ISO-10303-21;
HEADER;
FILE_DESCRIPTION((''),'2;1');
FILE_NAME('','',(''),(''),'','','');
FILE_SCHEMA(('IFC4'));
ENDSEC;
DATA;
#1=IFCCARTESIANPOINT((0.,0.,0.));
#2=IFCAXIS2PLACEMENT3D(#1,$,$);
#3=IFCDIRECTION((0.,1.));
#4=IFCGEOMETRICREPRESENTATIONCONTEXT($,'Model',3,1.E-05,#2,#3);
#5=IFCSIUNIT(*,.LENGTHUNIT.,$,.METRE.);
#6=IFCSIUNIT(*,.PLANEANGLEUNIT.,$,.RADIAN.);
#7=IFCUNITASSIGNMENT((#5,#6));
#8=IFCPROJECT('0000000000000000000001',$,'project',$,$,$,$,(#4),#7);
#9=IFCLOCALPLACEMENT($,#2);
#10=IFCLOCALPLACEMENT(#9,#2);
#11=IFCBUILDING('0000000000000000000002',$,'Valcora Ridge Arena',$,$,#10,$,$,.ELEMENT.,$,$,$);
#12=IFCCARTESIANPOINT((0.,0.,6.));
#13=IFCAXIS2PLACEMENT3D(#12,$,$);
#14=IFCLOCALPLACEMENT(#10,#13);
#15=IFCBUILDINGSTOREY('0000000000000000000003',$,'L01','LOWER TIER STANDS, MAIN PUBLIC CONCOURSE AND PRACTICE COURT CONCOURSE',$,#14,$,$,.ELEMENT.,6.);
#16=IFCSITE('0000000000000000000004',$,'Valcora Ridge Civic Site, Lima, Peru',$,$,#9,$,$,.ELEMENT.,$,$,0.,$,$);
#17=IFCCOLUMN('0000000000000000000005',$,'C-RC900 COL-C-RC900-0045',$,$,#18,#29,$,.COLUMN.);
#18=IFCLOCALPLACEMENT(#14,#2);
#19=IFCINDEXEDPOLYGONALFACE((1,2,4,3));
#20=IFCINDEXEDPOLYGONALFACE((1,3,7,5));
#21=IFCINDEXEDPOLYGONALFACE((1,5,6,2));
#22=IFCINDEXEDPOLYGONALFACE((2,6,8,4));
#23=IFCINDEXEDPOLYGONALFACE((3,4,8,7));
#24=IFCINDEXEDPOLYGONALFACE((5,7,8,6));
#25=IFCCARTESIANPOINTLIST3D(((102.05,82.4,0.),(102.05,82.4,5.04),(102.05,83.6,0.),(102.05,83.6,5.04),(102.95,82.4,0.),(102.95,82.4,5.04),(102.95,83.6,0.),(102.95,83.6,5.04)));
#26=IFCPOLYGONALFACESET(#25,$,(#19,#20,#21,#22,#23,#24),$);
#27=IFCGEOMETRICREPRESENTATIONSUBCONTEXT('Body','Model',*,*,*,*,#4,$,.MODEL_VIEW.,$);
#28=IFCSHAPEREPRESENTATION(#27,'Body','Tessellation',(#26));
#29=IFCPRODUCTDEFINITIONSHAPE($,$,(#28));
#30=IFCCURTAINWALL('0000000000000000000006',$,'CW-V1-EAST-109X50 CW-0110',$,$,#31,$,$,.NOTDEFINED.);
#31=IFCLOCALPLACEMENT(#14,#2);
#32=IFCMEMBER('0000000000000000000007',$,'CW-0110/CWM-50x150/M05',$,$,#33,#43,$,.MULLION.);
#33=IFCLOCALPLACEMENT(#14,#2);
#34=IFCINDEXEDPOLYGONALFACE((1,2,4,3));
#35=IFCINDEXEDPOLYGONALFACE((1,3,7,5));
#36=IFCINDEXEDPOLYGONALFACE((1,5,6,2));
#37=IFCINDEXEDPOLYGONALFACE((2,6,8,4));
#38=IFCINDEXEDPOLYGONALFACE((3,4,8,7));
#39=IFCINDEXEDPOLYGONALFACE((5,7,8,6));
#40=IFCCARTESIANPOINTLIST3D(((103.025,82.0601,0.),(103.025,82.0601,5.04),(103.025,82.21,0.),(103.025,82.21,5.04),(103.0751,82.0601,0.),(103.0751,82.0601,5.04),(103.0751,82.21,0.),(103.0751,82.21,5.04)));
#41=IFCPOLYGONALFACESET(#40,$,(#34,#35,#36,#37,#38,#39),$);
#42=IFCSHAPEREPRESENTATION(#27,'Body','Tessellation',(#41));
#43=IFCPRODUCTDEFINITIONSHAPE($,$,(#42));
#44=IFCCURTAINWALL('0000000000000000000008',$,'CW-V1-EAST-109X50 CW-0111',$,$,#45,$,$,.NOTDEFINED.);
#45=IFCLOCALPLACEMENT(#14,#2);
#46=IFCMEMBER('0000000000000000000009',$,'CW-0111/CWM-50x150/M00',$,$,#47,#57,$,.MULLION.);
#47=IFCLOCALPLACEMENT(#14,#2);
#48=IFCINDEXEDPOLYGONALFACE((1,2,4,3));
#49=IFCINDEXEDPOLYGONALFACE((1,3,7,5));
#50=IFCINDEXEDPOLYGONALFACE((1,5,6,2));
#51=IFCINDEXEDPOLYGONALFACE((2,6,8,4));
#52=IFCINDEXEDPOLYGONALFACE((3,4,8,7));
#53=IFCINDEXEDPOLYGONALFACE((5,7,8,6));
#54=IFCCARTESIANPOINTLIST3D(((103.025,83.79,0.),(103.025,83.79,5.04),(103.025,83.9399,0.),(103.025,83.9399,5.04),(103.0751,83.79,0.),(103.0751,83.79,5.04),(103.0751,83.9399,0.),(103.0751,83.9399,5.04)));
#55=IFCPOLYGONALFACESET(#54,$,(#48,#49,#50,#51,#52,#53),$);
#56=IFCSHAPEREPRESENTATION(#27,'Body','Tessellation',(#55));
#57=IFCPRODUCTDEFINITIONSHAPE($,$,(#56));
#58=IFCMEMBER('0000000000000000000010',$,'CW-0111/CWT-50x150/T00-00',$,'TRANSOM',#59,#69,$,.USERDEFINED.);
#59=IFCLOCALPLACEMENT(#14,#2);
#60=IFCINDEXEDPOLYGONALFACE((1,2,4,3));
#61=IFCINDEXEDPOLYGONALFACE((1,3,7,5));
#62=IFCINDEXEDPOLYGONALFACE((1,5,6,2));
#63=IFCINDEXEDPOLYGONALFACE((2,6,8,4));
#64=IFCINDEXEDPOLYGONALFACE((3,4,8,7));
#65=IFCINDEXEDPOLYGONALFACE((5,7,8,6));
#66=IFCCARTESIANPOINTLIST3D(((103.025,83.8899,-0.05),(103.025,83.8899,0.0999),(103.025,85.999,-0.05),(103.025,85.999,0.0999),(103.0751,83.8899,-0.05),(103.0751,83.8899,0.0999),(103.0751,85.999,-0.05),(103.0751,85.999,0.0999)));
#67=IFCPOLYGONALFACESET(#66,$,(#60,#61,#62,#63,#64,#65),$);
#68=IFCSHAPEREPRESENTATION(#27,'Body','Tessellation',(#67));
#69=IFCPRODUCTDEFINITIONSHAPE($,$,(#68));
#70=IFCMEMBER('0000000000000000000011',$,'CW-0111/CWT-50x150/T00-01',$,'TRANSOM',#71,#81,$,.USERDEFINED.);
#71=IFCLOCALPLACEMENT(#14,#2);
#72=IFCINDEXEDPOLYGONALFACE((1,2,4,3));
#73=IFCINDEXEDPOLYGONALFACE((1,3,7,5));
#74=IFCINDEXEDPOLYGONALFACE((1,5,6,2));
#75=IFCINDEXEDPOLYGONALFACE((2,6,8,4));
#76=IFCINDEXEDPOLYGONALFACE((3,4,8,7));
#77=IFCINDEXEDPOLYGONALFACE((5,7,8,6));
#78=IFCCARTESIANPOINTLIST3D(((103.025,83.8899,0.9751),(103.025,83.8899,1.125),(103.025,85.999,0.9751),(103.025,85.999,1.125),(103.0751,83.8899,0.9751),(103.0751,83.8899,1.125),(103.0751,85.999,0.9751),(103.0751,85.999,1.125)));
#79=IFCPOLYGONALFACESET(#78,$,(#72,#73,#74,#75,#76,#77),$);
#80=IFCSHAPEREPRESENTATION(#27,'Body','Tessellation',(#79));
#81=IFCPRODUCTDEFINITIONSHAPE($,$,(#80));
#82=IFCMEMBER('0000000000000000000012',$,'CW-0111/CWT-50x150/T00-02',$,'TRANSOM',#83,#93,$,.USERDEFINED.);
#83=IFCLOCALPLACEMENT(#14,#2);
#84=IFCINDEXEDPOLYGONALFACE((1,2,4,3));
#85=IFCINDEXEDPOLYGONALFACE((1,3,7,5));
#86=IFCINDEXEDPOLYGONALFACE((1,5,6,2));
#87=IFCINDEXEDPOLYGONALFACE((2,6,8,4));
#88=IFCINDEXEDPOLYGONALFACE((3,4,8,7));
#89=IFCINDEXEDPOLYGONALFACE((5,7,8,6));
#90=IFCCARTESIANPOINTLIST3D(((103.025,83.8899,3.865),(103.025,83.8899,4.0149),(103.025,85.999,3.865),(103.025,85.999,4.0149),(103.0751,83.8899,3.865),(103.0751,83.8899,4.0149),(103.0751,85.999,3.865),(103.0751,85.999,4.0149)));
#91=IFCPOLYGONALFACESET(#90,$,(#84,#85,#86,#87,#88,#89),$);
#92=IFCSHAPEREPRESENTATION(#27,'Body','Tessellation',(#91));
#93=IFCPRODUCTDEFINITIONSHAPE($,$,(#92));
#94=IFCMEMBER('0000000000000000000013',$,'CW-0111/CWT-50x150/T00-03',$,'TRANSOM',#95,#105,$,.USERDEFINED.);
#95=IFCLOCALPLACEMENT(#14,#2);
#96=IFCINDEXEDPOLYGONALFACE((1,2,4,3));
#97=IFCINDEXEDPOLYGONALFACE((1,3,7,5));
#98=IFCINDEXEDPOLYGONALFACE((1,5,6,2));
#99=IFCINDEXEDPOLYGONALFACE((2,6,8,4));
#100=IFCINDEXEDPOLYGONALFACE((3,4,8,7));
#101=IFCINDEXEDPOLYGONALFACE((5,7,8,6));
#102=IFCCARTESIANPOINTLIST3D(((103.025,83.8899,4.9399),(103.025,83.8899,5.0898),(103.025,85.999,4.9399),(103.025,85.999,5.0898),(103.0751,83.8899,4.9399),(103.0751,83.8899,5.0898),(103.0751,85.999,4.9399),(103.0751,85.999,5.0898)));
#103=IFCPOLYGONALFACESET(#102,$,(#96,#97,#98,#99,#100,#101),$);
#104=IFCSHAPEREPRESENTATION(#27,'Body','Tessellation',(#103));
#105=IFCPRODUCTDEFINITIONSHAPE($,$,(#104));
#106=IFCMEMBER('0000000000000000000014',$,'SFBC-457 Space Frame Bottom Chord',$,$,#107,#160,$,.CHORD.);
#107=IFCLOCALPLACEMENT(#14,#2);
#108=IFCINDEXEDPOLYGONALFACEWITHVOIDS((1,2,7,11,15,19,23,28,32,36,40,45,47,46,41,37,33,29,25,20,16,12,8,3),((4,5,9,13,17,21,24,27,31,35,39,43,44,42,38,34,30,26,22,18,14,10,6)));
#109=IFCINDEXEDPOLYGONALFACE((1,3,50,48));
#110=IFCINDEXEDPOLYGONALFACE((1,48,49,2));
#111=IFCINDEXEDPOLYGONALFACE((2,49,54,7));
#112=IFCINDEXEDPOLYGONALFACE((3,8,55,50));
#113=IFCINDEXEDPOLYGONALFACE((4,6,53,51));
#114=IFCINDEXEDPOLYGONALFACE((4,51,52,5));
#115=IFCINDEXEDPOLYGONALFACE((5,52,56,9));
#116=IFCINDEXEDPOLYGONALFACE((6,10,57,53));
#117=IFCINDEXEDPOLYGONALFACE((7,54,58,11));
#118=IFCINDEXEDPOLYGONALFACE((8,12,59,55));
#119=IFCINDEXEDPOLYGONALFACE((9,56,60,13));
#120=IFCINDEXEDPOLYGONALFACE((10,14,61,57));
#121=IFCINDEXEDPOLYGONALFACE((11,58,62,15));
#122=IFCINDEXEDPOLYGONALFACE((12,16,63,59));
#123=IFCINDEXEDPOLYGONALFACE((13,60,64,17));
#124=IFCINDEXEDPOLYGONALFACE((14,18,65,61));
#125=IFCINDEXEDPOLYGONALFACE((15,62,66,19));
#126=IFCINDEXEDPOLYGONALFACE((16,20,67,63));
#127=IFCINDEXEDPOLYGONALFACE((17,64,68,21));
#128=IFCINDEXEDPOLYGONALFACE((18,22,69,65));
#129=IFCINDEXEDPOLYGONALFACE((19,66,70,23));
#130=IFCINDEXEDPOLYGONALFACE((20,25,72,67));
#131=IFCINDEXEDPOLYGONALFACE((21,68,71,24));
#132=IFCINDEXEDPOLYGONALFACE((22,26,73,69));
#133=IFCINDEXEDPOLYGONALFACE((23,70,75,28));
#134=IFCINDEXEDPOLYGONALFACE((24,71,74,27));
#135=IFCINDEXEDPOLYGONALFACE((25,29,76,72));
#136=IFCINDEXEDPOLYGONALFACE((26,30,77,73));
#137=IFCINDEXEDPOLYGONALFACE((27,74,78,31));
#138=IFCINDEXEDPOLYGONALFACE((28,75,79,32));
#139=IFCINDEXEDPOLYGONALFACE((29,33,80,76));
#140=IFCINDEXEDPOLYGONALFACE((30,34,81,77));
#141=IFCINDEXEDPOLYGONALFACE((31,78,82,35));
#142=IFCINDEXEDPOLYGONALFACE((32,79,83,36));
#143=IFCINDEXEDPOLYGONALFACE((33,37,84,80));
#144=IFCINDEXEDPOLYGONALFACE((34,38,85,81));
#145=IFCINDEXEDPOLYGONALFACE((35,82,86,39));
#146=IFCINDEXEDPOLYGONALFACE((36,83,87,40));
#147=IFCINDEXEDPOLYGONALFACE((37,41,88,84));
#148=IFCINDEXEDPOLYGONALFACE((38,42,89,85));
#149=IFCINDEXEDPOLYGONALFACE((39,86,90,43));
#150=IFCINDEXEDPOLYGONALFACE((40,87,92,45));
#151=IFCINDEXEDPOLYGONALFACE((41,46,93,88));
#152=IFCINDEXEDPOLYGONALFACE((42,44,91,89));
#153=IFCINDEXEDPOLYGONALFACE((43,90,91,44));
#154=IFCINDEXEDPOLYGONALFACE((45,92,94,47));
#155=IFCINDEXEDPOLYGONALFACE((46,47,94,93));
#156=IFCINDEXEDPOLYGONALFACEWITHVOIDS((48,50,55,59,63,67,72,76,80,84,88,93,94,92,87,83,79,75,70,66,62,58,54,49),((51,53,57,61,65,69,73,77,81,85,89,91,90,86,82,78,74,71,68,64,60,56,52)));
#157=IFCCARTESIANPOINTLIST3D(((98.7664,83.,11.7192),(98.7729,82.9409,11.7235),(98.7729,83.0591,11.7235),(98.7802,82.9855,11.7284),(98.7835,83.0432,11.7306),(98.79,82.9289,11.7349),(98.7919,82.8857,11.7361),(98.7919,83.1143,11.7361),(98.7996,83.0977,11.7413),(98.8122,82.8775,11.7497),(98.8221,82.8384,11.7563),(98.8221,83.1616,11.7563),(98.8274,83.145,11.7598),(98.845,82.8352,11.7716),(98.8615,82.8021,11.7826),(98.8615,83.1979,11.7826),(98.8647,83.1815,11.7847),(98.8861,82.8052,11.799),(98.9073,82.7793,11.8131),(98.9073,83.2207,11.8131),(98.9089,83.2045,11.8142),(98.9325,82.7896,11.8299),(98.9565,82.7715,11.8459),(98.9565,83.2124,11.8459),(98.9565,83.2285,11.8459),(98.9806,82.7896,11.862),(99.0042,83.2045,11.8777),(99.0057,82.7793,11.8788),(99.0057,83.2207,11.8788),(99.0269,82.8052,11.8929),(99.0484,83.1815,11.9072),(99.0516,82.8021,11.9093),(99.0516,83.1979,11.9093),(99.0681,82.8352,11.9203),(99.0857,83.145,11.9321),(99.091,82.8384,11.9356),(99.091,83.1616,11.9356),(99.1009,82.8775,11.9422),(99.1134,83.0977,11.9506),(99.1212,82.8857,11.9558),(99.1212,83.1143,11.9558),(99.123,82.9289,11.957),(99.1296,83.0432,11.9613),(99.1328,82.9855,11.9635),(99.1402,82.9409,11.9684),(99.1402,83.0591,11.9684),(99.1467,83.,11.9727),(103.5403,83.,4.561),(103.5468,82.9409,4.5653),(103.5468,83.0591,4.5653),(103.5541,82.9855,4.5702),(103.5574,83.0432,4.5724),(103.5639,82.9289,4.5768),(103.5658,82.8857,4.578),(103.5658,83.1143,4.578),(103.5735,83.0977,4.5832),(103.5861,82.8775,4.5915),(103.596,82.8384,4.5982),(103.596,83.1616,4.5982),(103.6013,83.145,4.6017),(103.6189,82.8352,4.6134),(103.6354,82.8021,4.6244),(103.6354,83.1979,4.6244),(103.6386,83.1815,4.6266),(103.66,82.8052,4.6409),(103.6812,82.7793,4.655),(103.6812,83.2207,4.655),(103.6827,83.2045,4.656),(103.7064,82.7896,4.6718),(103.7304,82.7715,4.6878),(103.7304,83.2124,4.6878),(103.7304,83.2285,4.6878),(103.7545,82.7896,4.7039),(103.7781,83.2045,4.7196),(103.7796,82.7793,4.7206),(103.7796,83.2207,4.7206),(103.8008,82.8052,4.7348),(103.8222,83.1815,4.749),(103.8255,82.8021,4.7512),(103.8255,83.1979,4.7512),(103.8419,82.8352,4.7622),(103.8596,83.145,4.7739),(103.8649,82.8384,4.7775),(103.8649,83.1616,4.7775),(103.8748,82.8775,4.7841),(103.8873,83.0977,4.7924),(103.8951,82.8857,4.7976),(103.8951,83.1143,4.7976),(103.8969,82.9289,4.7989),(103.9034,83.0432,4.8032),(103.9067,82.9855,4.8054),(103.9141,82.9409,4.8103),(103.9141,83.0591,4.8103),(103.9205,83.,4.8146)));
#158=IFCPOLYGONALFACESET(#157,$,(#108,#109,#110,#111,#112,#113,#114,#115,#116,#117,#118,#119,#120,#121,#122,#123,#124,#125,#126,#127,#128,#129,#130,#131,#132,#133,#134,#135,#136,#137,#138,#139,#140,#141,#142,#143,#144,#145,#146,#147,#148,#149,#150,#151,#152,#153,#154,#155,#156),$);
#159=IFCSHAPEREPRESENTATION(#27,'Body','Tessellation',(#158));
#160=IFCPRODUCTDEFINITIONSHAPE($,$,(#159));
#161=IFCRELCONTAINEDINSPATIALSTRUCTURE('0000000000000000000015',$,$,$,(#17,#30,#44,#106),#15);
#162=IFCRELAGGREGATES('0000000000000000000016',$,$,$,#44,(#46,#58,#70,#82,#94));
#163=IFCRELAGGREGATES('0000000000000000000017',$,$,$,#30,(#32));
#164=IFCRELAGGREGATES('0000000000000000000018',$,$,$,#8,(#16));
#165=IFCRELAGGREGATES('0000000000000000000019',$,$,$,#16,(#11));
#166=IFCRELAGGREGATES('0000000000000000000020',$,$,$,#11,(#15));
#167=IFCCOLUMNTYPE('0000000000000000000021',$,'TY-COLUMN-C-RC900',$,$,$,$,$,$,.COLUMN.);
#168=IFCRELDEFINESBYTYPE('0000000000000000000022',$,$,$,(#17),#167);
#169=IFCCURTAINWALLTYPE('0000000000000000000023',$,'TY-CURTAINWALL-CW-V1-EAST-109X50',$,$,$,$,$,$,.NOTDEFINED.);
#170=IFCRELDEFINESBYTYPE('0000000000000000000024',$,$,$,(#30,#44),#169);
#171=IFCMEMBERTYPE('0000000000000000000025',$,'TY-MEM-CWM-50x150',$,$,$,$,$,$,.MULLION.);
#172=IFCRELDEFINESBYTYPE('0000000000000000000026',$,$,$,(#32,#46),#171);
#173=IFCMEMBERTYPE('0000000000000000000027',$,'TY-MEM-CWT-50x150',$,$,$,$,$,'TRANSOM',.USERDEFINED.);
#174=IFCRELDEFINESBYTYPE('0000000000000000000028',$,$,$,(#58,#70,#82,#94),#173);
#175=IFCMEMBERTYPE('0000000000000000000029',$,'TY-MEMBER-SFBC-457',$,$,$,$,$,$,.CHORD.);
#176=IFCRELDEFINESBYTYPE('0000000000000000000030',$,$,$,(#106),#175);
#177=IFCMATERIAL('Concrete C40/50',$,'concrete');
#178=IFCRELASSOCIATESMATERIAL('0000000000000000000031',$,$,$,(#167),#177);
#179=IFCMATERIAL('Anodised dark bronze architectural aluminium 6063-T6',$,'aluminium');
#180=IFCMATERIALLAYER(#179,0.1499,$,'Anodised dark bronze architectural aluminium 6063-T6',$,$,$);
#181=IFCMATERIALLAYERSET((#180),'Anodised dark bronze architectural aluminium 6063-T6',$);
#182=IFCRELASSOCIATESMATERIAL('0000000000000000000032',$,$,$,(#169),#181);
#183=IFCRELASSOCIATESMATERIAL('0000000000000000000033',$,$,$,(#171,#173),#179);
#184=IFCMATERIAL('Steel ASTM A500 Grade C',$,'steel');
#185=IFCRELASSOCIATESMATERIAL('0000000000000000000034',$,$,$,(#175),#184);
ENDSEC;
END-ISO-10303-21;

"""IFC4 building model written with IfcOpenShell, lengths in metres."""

from ifc_helpers import new_model, si_unit, direction, frame, origin, origin_2d, place, context, subcontext, project, spatial, rectangle, hollow_circle, extrude, material, layer, layer_set, material_profile, profile_set, type_object, element, aggregate, save


model = new_model("IFC4")

# Units and contexts
model_context = context("Model", 3, precision=1e-05, world=origin(), true_north=direction((0.0, 1.0)))
body_context = subcontext(model_context, "Body", "Model", "MODEL_VIEW")
ifc_project = project(units=[si_unit("LENGTHUNIT", "METRE"), si_unit("PLANEANGLEUNIT", "RADIAN")], contexts=[model_context])

# Site, building, storey
site_placement = place(None, origin())
site = spatial("IfcSite", under=ifc_project, at=site_placement, Name="Valcora Ridge Civic Site, Lima, Peru", CompositionType="ELEMENT", RefElevation=0.0)
building_placement = place(site_placement, origin())
building = spatial("IfcBuilding", under=site, at=building_placement, Name="Valcora Ridge Arena", CompositionType="ELEMENT")
storey_placement = place(building_placement, frame((0.0, 0.0, 6.0)))
storey = spatial("IfcBuildingStorey", under=building, at=storey_placement, Name="L01", Description="LOWER TIER STANDS, MAIN PUBLIC CONCOURSE AND PRACTICE COURT CONCOURSE", CompositionType="ELEMENT", Elevation=6.0)

# Column
ifc_material_1 = material(Name="Concrete C40/50", Category="concrete")
ifc_material_profile_1 = material_profile(ifc_material_1, rectangle(XDim=0.8999, YDim=1.2, at=origin_2d()), Name="RC 900x1200")
ifc_profile_set_1 = profile_set([ifc_material_profile_1], Name="Concrete C40/50")
column_type = type_object("IfcColumnType", Name="TY-COLUMN-C-RC900", PredefinedType="COLUMN", material=ifc_profile_set_1)
column_placement = place(storey_placement, frame((102.5, 83.0, 0.0), z_axis=(0.0, 0.0, 1.0), x_axis=(1.0, 0.0, 0.0)))
element("IfcColumn", 1, at=column_placement, inside=storey, type_object=column_type, Name="C-RC900 COL-C-RC900-0045", PredefinedType="COLUMN", context=body_context, shape_type="SweptSolid", body=[
    extrude(rectangle(XDim=0.8999, YDim=1.2, at=origin_2d()), origin(), (0.0, 0.0, 1.0), 5.04),
])

# Curtain wall, member
ifc_material_2 = material(Name="Anodised dark bronze architectural aluminium 6063-T6", Category="aluminium")
ifc_layer_1 = layer(ifc_material_2, 0.1499, Name="Anodised dark bronze architectural aluminium 6063-T6")
ifc_layer_set_1 = layer_set([ifc_layer_1], Name="Anodised dark bronze architectural aluminium 6063-T6")
curtain_wall_type = type_object("IfcCurtainWallType", Name="TY-CURTAINWALL-CW-V1-EAST-109X50", PredefinedType="NOTDEFINED", material=ifc_layer_set_1)
curtain_wall_1_placement = place(storey_placement, origin())
curtain_wall_1 = element("IfcCurtainWall", 2, at=curtain_wall_1_placement, inside=storey, type_object=curtain_wall_type, Name="CW-V1-EAST-109X50 CW-0110", PredefinedType="NOTDEFINED")
ifc_material_profile_2 = material_profile(ifc_material_2, rectangle(XDim=0.05, YDim=0.1499, at=origin_2d()), Name="ALU MULLION 50x150")
ifc_profile_set_2 = profile_set([ifc_material_profile_2], Name="Anodised dark bronze architectural aluminium 6063-T6")
member_type_1 = type_object("IfcMemberType", Name="TY-MEM-CWM-50x150", PredefinedType="MULLION", material=ifc_profile_set_2)
member_1_placement = place(storey_placement, frame((103.05, 82.135, 0.0), z_axis=(0.0, 0.0, 1.0), x_axis=(-1.0, 0.0, 0.0)))
member_1 = element("IfcMember", 3, at=member_1_placement, type_object=member_type_1, Name="CW-0110/CWM-50x150/M05", PredefinedType="MULLION", context=body_context, shape_type="SweptSolid", body=[
    extrude(rectangle(XDim=0.05, YDim=0.1499, at=origin_2d()), origin(), (0.0, 0.0, 1.0), 5.04),
])

# Curtain wall, members
curtain_wall_2_placement = place(storey_placement, origin())
curtain_wall_2 = element("IfcCurtainWall", 4, at=curtain_wall_2_placement, inside=storey, type_object=curtain_wall_type, Name="CW-V1-EAST-109X50 CW-0111", PredefinedType="NOTDEFINED")
member_2_placement = place(storey_placement, frame((103.05, 83.865, 0.0), z_axis=(0.0, 0.0, 1.0), x_axis=(-1.0, 0.0, 0.0)))
member_2 = element("IfcMember", 5, at=member_2_placement, type_object=member_type_1, Name="CW-0111/CWM-50x150/M00", PredefinedType="MULLION", context=body_context, shape_type="SweptSolid", body=[
    extrude(rectangle(XDim=0.05, YDim=0.1499, at=origin_2d()), origin(), (0.0, 0.0, 1.0), 5.04),
])
ifc_material_profile_3 = material_profile(ifc_material_2, rectangle(XDim=0.05, YDim=0.1499, at=origin_2d()), Name="ALU TRANSOM 50x150")
ifc_profile_set_3 = profile_set([ifc_material_profile_3], Name="Anodised dark bronze architectural aluminium 6063-T6")
member_type_2 = type_object("IfcMemberType", Name="TY-MEM-CWT-50x150", ElementType="TRANSOM", PredefinedType="USERDEFINED", material=ifc_profile_set_3)
member_3_placement = place(storey_placement, frame((103.05, 83.8899, 0.0249), z_axis=(0.0, 1.0, 0.0), x_axis=(-1.0, 0.0, 0.0)))
member_3 = element("IfcMember", 6, at=member_3_placement, type_object=member_type_2, Name="CW-0111/CWT-50x150/T00-00", ObjectType="TRANSOM", PredefinedType="USERDEFINED", context=body_context, shape_type="SweptSolid", body=[
    extrude(rectangle(XDim=0.05, YDim=0.1499, at=origin_2d()), origin(), (0.0, 0.0, 1.0), 2.1091),
])
member_4_placement = place(storey_placement, frame((103.05, 83.8899, 1.05), z_axis=(0.0, 1.0, 0.0), x_axis=(-1.0, 0.0, 0.0)))
member_4 = element("IfcMember", 7, at=member_4_placement, type_object=member_type_2, Name="CW-0111/CWT-50x150/T00-01", ObjectType="TRANSOM", PredefinedType="USERDEFINED", context=body_context, shape_type="SweptSolid", body=[
    extrude(rectangle(XDim=0.05, YDim=0.1499, at=origin_2d()), origin(), (0.0, 0.0, 1.0), 2.1091),
])
member_5_placement = place(storey_placement, frame((103.05, 83.8899, 3.9399), z_axis=(0.0, 1.0, 0.0), x_axis=(-1.0, 0.0, 0.0)))
member_5 = element("IfcMember", 8, at=member_5_placement, type_object=member_type_2, Name="CW-0111/CWT-50x150/T00-02", ObjectType="TRANSOM", PredefinedType="USERDEFINED", context=body_context, shape_type="SweptSolid", body=[
    extrude(rectangle(XDim=0.05, YDim=0.1499, at=origin_2d()), origin(), (0.0, 0.0, 1.0), 2.1091),
])
member_6_placement = place(storey_placement, frame((103.05, 83.8899, 5.0149), z_axis=(0.0, 1.0, 0.0), x_axis=(-1.0, 0.0, 0.0)))
member_6 = element("IfcMember", 9, at=member_6_placement, type_object=member_type_2, Name="CW-0111/CWT-50x150/T00-03", ObjectType="TRANSOM", PredefinedType="USERDEFINED", context=body_context, shape_type="SweptSolid", body=[
    extrude(rectangle(XDim=0.05, YDim=0.1499, at=origin_2d()), origin(), (0.0, 0.0, 1.0), 2.1091),
])
aggregate(curtain_wall_2, [member_2, member_3, member_4, member_5, member_6])

# Member
ifc_material_3 = material(Name="Steel ASTM A500 Grade C", Category="steel")
ifc_material_profile_4 = material_profile(ifc_material_3, hollow_circle(Radius=0.2285, WallThickness=0.0161, at=origin_2d()), Name="CHS457X16")
ifc_profile_set_4 = profile_set([ifc_material_profile_4], Name="Steel ASTM A500 Grade C")
member_type_3 = type_object("IfcMemberType", Name="TY-MEMBER-SFBC-457", PredefinedType="CHORD", material=ifc_profile_set_4)
for number, where, z_axis, x_axis, name in (
    (10, (98.9565, 83.0, 11.8459), (0.554844, 0.0, -0.831954), (0.0, 1.0, 0.0), "SFBC-457 Space Frame Bottom Chord"),
):
    element("IfcMember", number, at=place(storey_placement, frame(where, z_axis=z_axis, x_axis=x_axis)), inside=storey, type_object=member_type_3, Name=name, PredefinedType="CHORD", context=body_context, shape_type="SweptSolid", body=[
        extrude(hollow_circle(Radius=0.2285, WallThickness=0.0161, at=origin_2d()), origin(), (0.0, 0.0, 1.0), 8.604),
    ])

aggregate(curtain_wall_1, [member_1])

save(model, "model.ifc")
